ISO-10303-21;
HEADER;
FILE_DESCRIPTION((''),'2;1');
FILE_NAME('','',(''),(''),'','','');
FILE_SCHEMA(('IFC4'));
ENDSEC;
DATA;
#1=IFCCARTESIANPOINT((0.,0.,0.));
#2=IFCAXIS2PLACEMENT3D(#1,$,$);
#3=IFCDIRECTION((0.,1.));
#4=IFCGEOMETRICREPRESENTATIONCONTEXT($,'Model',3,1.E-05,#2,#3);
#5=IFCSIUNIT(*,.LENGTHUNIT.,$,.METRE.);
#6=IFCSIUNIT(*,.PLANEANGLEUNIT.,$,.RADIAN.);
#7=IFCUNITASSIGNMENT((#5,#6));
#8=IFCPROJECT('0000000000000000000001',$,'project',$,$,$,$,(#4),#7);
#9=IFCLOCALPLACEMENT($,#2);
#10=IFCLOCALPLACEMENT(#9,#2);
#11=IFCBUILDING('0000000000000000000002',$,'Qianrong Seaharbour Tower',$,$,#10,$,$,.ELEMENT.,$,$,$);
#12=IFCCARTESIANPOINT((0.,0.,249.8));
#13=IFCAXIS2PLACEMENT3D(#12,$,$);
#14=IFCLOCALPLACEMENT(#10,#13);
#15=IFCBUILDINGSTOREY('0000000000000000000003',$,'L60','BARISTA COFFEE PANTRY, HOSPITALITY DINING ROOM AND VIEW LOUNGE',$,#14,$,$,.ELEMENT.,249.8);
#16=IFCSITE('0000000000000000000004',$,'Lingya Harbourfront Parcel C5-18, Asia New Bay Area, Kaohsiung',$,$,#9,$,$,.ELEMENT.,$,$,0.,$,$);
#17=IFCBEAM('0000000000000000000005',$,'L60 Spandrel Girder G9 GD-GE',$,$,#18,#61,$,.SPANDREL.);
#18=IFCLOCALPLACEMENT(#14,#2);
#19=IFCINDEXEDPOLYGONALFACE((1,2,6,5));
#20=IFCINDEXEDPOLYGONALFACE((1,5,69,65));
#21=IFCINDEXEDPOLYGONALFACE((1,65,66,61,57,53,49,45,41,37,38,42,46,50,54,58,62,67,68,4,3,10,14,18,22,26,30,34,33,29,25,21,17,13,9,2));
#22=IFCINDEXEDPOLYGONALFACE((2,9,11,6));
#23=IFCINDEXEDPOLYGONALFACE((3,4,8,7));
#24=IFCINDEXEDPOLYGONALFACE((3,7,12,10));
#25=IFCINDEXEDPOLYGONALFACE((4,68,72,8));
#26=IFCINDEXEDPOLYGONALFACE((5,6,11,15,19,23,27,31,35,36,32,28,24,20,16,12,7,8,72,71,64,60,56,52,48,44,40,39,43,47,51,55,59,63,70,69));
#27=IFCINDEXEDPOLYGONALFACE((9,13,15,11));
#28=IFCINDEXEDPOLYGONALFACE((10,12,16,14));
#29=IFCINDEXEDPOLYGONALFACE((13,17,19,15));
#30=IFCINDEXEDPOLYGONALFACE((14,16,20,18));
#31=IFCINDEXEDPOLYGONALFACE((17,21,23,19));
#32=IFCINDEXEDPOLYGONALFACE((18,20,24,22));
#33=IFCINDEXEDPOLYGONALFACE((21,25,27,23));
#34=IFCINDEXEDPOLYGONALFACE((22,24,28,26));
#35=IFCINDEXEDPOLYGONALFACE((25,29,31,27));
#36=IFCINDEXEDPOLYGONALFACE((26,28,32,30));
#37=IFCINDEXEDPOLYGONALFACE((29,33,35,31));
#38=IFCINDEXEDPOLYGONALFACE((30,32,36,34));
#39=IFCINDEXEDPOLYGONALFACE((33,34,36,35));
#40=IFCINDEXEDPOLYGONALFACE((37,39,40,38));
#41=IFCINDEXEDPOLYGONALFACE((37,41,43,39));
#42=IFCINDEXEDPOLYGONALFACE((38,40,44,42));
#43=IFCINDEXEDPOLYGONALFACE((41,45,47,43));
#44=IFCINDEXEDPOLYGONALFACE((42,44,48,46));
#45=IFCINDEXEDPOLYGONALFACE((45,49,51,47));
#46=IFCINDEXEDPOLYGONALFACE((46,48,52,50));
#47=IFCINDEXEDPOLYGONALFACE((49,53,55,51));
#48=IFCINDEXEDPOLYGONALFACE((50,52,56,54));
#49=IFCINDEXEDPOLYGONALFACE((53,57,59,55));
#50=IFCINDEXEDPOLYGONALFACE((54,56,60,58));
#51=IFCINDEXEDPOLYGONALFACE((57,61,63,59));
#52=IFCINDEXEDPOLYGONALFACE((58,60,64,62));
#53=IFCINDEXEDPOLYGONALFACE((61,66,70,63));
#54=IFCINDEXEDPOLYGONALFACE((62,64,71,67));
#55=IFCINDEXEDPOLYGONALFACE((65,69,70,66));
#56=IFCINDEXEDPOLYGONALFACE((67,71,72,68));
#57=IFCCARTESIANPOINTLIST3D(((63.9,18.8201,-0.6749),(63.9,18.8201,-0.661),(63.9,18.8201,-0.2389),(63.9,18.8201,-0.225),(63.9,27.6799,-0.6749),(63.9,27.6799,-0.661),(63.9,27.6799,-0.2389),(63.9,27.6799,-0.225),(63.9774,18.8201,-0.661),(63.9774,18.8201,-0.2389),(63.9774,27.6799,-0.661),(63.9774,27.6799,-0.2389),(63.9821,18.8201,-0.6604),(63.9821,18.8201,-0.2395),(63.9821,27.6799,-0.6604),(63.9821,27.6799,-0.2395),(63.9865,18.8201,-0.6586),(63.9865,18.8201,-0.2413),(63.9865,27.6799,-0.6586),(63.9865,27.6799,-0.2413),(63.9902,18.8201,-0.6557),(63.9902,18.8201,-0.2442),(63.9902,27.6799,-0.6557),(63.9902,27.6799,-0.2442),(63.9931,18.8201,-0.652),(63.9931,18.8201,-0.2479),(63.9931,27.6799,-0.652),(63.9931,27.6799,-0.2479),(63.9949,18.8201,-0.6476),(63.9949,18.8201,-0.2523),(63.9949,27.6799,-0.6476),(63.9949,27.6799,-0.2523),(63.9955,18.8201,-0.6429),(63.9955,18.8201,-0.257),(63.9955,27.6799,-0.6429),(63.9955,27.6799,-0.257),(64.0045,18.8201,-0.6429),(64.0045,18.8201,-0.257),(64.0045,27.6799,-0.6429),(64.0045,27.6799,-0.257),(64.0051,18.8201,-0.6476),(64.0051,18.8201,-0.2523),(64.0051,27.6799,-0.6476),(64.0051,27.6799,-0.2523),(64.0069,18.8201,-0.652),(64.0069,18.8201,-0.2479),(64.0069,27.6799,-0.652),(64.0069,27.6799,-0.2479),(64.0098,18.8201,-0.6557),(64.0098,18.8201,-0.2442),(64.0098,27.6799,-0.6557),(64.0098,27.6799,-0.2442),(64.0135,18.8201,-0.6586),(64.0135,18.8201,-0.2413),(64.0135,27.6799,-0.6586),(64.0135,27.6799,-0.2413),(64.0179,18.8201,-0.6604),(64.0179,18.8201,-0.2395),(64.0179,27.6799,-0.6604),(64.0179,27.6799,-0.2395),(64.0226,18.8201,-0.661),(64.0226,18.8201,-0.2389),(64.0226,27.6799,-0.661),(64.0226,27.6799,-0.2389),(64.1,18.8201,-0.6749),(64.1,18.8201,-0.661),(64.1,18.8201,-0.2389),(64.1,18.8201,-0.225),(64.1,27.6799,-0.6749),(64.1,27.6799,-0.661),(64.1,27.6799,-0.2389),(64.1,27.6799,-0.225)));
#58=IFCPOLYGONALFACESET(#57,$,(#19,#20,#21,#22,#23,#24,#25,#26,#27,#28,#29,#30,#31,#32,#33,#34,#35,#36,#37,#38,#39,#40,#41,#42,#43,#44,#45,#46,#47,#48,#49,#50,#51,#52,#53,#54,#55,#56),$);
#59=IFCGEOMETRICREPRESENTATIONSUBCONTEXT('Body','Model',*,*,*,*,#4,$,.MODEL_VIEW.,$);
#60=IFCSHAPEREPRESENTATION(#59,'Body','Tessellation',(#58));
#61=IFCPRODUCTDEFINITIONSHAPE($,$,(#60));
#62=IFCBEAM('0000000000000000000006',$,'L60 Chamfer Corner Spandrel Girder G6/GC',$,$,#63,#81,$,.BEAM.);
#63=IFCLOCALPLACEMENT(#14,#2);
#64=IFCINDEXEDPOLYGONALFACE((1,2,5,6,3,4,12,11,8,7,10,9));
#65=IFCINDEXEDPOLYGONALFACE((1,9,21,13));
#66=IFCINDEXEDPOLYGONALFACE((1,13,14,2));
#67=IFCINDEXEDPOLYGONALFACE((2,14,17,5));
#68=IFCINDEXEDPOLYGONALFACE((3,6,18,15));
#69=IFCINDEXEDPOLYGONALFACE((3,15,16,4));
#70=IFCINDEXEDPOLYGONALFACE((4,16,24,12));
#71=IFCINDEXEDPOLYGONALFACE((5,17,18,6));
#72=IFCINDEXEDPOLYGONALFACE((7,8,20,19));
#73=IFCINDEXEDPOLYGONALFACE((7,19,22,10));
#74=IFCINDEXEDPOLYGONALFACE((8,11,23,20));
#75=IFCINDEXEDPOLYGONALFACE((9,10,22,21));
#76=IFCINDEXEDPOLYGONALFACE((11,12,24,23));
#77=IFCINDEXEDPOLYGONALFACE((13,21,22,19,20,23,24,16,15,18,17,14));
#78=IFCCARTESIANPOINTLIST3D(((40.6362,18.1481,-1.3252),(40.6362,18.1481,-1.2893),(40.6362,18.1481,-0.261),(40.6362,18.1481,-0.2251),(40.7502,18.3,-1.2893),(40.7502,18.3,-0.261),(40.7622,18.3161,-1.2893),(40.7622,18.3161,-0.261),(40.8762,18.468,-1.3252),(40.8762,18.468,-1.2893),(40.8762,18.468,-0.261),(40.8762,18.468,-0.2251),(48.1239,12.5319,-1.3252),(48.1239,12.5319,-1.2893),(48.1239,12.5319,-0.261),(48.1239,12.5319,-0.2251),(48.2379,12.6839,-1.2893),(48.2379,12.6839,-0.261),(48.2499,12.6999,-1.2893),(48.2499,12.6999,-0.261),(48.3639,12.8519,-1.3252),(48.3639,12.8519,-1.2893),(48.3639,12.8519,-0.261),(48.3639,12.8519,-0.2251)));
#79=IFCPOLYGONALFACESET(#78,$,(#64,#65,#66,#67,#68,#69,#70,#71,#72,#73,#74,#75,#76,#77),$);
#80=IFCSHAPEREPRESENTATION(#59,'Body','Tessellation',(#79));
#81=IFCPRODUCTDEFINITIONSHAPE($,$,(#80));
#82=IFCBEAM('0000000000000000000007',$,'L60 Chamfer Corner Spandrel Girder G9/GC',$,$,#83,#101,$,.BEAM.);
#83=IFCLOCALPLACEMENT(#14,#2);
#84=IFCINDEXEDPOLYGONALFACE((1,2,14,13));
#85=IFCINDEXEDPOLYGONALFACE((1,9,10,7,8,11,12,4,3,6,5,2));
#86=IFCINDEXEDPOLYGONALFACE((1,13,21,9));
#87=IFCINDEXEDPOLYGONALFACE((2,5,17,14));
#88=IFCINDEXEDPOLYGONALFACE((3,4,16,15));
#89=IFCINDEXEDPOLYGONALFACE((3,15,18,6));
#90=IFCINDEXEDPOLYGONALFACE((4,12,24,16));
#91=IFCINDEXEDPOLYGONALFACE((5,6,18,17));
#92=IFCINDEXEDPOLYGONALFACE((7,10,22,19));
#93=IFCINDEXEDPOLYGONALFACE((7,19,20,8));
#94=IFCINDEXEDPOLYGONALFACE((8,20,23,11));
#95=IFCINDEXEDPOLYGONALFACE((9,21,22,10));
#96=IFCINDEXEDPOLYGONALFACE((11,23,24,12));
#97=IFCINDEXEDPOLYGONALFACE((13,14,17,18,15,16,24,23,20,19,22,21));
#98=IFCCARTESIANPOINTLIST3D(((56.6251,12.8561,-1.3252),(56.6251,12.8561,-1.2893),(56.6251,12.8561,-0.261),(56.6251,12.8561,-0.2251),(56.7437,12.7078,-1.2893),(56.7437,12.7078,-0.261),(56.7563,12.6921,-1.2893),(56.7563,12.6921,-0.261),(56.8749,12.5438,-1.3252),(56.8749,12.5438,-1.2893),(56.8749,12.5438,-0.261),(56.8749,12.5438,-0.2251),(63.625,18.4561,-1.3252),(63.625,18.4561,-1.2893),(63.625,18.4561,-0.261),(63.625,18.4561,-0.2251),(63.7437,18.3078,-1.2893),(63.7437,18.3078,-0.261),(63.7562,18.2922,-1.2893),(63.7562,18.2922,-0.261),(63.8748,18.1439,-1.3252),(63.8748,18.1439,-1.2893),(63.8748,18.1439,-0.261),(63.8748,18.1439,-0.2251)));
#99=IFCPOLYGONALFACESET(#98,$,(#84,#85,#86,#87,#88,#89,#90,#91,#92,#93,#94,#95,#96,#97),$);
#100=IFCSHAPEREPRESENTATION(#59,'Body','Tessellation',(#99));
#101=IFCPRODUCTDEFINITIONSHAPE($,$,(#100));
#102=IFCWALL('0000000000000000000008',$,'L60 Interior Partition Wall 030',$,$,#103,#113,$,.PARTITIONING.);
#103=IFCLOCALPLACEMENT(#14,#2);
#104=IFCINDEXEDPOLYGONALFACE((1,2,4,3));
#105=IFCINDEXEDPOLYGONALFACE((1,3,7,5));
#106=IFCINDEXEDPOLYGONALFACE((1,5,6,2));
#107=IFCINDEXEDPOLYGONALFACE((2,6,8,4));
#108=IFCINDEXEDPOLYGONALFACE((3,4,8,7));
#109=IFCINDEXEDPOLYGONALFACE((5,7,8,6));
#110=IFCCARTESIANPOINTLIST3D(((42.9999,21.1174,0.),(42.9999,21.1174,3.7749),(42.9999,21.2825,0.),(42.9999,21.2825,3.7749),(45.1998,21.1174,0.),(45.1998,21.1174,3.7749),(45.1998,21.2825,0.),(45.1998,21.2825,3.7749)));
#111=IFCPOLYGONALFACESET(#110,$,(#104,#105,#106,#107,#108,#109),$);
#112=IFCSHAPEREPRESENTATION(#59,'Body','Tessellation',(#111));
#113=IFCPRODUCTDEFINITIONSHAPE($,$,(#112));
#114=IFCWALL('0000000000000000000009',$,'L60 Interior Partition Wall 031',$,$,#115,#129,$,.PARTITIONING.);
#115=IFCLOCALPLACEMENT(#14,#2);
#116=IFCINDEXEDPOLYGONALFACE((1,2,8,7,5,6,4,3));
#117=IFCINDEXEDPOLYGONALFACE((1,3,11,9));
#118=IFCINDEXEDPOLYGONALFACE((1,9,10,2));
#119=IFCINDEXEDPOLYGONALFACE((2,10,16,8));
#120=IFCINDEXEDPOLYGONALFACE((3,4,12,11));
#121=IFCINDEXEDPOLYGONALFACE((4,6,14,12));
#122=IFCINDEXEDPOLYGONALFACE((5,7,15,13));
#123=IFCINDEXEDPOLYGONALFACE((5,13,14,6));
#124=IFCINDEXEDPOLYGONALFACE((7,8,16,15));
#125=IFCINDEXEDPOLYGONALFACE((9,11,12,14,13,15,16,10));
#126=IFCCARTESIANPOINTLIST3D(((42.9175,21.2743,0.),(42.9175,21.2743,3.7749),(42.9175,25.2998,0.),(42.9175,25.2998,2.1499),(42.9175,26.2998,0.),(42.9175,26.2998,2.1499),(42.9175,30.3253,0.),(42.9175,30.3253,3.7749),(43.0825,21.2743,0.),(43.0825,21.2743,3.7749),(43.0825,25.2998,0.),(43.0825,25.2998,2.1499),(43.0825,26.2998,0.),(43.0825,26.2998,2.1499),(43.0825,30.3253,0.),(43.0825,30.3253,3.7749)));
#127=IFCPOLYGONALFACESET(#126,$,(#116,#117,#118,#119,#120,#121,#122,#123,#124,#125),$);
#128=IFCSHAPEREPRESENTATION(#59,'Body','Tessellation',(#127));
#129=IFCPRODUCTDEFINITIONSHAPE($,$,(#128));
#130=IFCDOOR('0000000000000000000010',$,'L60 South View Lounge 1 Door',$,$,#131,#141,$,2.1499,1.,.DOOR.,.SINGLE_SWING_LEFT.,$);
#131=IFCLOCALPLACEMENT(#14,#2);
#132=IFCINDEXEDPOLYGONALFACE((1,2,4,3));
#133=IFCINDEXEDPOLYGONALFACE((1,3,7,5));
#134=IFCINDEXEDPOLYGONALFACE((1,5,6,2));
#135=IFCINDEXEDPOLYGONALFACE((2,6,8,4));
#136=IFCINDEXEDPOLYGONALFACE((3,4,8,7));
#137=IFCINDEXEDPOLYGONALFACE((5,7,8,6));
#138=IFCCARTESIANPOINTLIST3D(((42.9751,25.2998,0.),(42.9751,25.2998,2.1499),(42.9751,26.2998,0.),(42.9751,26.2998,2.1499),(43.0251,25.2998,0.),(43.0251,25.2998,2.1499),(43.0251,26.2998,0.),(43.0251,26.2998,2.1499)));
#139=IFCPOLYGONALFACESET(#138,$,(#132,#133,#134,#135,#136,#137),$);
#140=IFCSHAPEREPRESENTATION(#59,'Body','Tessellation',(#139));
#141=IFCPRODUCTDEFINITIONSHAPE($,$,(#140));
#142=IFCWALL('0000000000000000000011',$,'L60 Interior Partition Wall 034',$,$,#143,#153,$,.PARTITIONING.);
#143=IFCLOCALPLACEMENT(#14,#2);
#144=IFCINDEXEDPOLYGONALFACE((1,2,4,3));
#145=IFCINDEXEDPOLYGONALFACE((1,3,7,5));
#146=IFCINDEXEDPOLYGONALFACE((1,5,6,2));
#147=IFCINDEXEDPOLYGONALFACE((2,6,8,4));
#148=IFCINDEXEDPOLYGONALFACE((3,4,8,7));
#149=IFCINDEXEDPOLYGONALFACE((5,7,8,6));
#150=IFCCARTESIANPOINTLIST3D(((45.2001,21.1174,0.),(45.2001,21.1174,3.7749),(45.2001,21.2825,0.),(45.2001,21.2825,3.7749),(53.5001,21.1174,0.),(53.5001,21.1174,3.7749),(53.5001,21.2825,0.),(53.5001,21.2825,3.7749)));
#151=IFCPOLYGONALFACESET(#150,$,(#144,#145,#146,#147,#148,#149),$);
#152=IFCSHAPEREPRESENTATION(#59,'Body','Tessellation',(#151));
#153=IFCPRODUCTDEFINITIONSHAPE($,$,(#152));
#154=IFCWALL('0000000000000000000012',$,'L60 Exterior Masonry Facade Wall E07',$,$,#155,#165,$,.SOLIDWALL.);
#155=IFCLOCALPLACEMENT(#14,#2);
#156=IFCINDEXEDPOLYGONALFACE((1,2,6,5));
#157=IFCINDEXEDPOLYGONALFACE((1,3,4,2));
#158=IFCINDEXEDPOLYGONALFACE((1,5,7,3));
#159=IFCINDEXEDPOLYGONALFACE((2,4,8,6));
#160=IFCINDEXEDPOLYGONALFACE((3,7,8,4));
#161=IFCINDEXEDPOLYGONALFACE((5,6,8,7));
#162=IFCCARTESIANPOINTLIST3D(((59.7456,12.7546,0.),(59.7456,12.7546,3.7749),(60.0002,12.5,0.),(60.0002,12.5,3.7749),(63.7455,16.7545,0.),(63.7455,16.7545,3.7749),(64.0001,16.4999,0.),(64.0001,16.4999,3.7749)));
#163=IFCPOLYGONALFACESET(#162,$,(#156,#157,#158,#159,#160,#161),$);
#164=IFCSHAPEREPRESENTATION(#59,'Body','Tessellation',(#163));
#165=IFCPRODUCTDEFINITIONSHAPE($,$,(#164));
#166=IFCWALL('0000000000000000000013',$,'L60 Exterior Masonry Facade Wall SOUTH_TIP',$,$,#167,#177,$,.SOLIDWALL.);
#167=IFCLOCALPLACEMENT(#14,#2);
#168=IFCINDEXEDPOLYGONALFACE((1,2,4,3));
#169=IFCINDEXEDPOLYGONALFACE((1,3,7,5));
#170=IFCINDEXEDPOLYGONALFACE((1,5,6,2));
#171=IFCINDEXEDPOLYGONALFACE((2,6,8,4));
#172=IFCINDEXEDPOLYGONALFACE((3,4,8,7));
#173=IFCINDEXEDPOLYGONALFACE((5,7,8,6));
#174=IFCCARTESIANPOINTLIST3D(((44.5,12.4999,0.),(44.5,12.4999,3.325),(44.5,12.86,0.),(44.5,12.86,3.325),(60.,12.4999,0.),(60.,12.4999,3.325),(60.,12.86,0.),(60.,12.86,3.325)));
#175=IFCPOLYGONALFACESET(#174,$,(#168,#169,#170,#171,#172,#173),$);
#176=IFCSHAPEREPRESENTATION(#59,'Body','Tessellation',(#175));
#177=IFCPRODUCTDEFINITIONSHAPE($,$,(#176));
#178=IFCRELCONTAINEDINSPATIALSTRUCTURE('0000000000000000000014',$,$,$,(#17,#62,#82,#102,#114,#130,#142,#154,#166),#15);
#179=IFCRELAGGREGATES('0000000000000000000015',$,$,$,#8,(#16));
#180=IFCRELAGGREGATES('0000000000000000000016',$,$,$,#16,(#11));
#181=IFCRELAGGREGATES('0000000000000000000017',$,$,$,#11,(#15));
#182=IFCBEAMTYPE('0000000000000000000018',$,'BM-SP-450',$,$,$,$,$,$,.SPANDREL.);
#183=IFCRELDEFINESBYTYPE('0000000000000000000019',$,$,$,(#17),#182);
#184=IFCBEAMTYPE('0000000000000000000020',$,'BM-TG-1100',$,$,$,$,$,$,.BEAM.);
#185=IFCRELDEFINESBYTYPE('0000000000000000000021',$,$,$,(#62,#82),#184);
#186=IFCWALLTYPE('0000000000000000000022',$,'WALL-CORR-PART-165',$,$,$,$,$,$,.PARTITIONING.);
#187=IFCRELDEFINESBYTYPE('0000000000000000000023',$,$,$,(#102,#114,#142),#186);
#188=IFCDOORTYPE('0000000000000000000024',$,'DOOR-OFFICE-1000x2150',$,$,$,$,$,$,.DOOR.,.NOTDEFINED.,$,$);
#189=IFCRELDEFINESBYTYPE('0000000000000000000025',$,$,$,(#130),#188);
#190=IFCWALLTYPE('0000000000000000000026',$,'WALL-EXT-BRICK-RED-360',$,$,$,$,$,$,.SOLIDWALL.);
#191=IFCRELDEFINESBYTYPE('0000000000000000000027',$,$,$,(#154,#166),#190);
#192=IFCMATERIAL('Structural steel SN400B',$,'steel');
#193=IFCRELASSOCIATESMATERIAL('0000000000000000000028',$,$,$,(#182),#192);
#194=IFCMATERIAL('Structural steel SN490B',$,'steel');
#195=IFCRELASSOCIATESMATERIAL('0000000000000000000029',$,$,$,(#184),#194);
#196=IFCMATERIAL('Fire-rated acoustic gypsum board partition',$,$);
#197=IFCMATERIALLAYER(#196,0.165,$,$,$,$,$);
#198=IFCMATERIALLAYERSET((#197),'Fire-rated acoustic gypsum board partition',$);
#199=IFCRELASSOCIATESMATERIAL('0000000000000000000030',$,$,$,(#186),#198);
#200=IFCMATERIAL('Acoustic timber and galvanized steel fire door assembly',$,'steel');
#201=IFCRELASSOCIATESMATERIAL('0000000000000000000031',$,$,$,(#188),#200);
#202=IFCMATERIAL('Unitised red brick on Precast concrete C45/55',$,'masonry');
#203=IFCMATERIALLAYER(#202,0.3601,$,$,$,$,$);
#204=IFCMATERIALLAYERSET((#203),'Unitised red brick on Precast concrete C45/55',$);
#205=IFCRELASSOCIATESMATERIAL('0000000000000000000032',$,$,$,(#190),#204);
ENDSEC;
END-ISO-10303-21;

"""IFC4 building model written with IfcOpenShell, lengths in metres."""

from ifc_helpers import new_model, si_unit, direction, frame, frame_2d, origin, origin_2d, place, context, subcontext, project, spatial, rectangle, i_section, extrude, material, layer, layer_set, material_profile, profile_set, type_object, element, fill, save


model = new_model("IFC4")

# Units and contexts
model_context = context("Model", 3, precision=1e-05, world=origin(), true_north=direction((0.0, 1.0)))
body_context = subcontext(model_context, "Body", "Model", "MODEL_VIEW")
ifc_project = project(units=[si_unit("LENGTHUNIT", "METRE"), si_unit("PLANEANGLEUNIT", "RADIAN")], contexts=[model_context])

# Site, building, storey
site_placement = place(None, origin())
site = spatial("IfcSite", under=ifc_project, at=site_placement, Name="Lingya Harbourfront Parcel C5-18, Asia New Bay Area, Kaohsiung", CompositionType="ELEMENT", RefElevation=0.0)
building_placement = place(site_placement, origin())
building = spatial("IfcBuilding", under=site, at=building_placement, Name="Qianrong Seaharbour Tower", CompositionType="ELEMENT")
storey_placement = place(building_placement, frame((0.0, 0.0, 249.8)))
storey = spatial("IfcBuildingStorey", under=building, at=storey_placement, Name="L60", Description="BARISTA COFFEE PANTRY, HOSPITALITY DINING ROOM AND VIEW LOUNGE", CompositionType="ELEMENT", Elevation=249.8)

# Shared definitions
ifc_material_1 = material(Name="Structural steel SN490B", Category="steel")

# Beams
ifc_material_2 = material(Name="Structural steel SN400B", Category="steel")
ifc_material_profile_1 = material_profile(ifc_material_2, i_section(OverallWidth=0.2, OverallDepth=0.45, WebThickness=0.009, FlangeThickness=0.0139, FilletRadius=0.0181, at=origin_2d()), Name="H450x200x9x14")
ifc_profile_set_1 = profile_set([ifc_material_profile_1], Name="Structural steel SN400B")
beam_type_1 = type_object("IfcBeamType", Name="BM-SP-450", PredefinedType="SPANDREL", material=ifc_profile_set_1)
beam_1_placement = place(storey_placement, frame((64.0, 18.8201, -0.45), z_axis=(0.0, 1.0, 0.0), x_axis=(-1.0, 0.0, 0.0)))
element("IfcBeam", 1, at=beam_1_placement, inside=storey, type_object=beam_type_1, Name="L60 Spandrel Girder G9 GD-GE", PredefinedType="SPANDREL", context=body_context, shape_type="SweptSolid", body=[
    extrude(i_section(OverallWidth=0.2, OverallDepth=0.45, WebThickness=0.009, FlangeThickness=0.0139, FilletRadius=0.0181, at=origin_2d()), origin(), (0.0, 0.0, 1.0), 8.8599),
])
ifc_material_profile_2 = material_profile(ifc_material_1, i_section(OverallWidth=0.3999, OverallDepth=1.1001, WebThickness=0.02, FlangeThickness=0.0359, at=origin_2d()), Name="BH1100x400x20x36")
ifc_profile_set_2 = profile_set([ifc_material_profile_2], Name="Structural steel SN490B")
beam_type_2 = type_object("IfcBeamType", Name="BM-TG-1100", PredefinedType="BEAM", material=ifc_profile_set_2)
beam_2_placement = place(storey_placement, frame((48.2439, 12.6919, -0.7751), z_axis=(-0.799981, 0.600025, 0.0), x_axis=(-0.600025, -0.799981, 0.0)))
element("IfcBeam", 2, at=beam_2_placement, inside=storey, type_object=beam_type_2, Name="L60 Chamfer Corner Spandrel Girder G6/GC", PredefinedType="BEAM", context=body_context, shape_type="SweptSolid", body=[
    extrude(i_section(OverallWidth=0.3999, OverallDepth=1.1001, WebThickness=0.02, FlangeThickness=0.0359, at=origin_2d()), origin(), (0.0, 0.0, 1.0), 9.3599),
])
beam_3_placement = place(storey_placement, frame((56.75, 12.7, -0.7751), z_axis=(0.780863, 0.624702, 0.0), x_axis=(-0.624702, 0.780863, 0.0)))
element("IfcBeam", 3, at=beam_3_placement, inside=storey, type_object=beam_type_2, Name="L60 Chamfer Corner Spandrel Girder G9/GC", PredefinedType="BEAM", context=body_context, shape_type="SweptSolid", body=[
    extrude(i_section(OverallWidth=0.3999, OverallDepth=1.1001, WebThickness=0.02, FlangeThickness=0.0359, at=origin_2d()), origin(), (0.0, 0.0, 1.0), 8.9644),
])

# Wall
ifc_material_3 = material(Name="Fire-rated acoustic gypsum board partition")
ifc_layer_1 = layer(ifc_material_3, 0.165)
ifc_layer_set_1 = layer_set([ifc_layer_1], Name="Fire-rated acoustic gypsum board partition")
wall_type_1 = type_object("IfcWallType", Name="WALL-CORR-PART-165", PredefinedType="PARTITIONING", material=ifc_layer_set_1)
wall_1_placement = place(storey_placement, frame((45.2, 21.2, 0.0), z_axis=(0.0, 0.0, 1.0), x_axis=(-1.0, 0.0, 0.0)))
element("IfcWall", 4, at=wall_1_placement, inside=storey, type_object=wall_type_1, Name="L60 Interior Partition Wall 030", PredefinedType="PARTITIONING", context=body_context, shape_type="SweptSolid", body=[
    extrude(rectangle(XDim=2.2, YDim=0.165, at=frame_2d((1.1001, 0.0))), origin(), (0.0, 0.0, 1.0), 3.7749),
])

# Wall, opening, door
wall_2_placement = place(storey_placement, frame((43.0, 21.2744, 0.0), z_axis=(0.0, 0.0, 1.0), x_axis=(0.0, 1.0, 0.0)))
wall_2 = element("IfcWall", 5, at=wall_2_placement, inside=storey, type_object=wall_type_1, Name="L60 Interior Partition Wall 031", PredefinedType="PARTITIONING", context=body_context, shape_type="SweptSolid", body=[
    extrude(rectangle(XDim=9.051, YDim=0.165, at=frame_2d((4.5254, 0.0))), origin(), (0.0, 0.0, 1.0), 3.7749),
])
opening_1_placement = place(wall_2_placement, frame((4.0254, 0.0, 0.0)))
opening_1 = element("IfcOpeningElement", 6, at=opening_1_placement, cuts=wall_2, PredefinedType="OPENING", context=body_context, shape_type="SweptSolid", body=[
    extrude(rectangle(XDim=1.0, YDim=2.1499, at=frame_2d((0.5, 1.075))), frame((0.0, 0.0925, 0.0), z_axis=(0.0, -1.0, 0.0), x_axis=(1.0, 0.0, 0.0)), (0.0, 0.0, 1.0), 0.1851),
])
ifc_material_4 = material(Name="Acoustic timber and galvanized steel fire door assembly", Category="steel")
door_type = type_object("IfcDoorType", Name="DOOR-OFFICE-1000x2150", OperationType="NOTDEFINED", PredefinedType="DOOR", material=ifc_material_4)
door_1_placement = place(opening_1_placement, origin())
door_1 = element("IfcDoor", 7, at=door_1_placement, inside=storey, type_object=door_type, Name="L60 South View Lounge 1 Door", OperationType="SINGLE_SWING_LEFT", OverallHeight=2.1499, OverallWidth=1.0, PredefinedType="DOOR", context=body_context, shape_type="SweptSolid", body=[
    extrude(rectangle(XDim=1.0, YDim=2.1499, at=frame_2d((0.5, 1.075))), frame((0.0, 0.0249, 0.0), z_axis=(0.0, -1.0, 0.0), x_axis=(1.0, 0.0, 0.0)), (0.0, 0.0, 1.0), 0.05),
])
fill(opening_1, door_1)

# Walls
wall_3_placement = place(storey_placement, frame((53.5, 21.2, 0.0), z_axis=(0.0, 0.0, 1.0), x_axis=(-1.0, 0.0, 0.0)))
element("IfcWall", 8, at=wall_3_placement, inside=storey, type_object=wall_type_1, Name="L60 Interior Partition Wall 034", PredefinedType="PARTITIONING", context=body_context, shape_type="SweptSolid", body=[
    extrude(rectangle(XDim=8.3, YDim=0.165, at=frame_2d((4.1499, 0.0))), origin(), (0.0, 0.0, 1.0), 3.7749),
])
ifc_material_5 = material(Name="Unitised red brick on Precast concrete C45/55", Category="masonry")
ifc_layer_2 = layer(ifc_material_5, 0.3601)
ifc_layer_set_2 = layer_set([ifc_layer_2], Name="Unitised red brick on Precast concrete C45/55")
wall_type_2 = type_object("IfcWallType", Name="WALL-EXT-BRICK-RED-360", PredefinedType="SOLIDWALL", material=ifc_layer_set_2)
wall_4_placement = place(storey_placement, frame((63.8728, 16.6272, 0.0), z_axis=(0.0, 0.0, 1.0), x_axis=(-0.707107, -0.707107, 0.0)))
element("IfcWall", 9, at=wall_4_placement, inside=storey, type_object=wall_type_2, Name="L60 Exterior Masonry Facade Wall E07", PredefinedType="SOLIDWALL", context=body_context, shape_type="SweptSolid", body=[
    extrude(rectangle(XDim=5.6567, YDim=0.3601, at=frame_2d((2.8284, 0.0))), origin(), (0.0, 0.0, 1.0), 3.7749),
])
wall_5_placement = place(storey_placement, frame((60.0, 12.6799, 0.0), z_axis=(0.0, 0.0, 1.0), x_axis=(-1.0, 0.0, 0.0)))
element("IfcWall", 10, at=wall_5_placement, inside=storey, type_object=wall_type_2, Name="L60 Exterior Masonry Facade Wall SOUTH_TIP", PredefinedType="SOLIDWALL", context=body_context, shape_type="SweptSolid", body=[
    extrude(rectangle(XDim=15.5, YDim=0.3601, at=frame_2d((7.75, 0.0))), origin(), (0.0, 0.0, 1.0), 3.325),
])

save(model, "model.ifc")
